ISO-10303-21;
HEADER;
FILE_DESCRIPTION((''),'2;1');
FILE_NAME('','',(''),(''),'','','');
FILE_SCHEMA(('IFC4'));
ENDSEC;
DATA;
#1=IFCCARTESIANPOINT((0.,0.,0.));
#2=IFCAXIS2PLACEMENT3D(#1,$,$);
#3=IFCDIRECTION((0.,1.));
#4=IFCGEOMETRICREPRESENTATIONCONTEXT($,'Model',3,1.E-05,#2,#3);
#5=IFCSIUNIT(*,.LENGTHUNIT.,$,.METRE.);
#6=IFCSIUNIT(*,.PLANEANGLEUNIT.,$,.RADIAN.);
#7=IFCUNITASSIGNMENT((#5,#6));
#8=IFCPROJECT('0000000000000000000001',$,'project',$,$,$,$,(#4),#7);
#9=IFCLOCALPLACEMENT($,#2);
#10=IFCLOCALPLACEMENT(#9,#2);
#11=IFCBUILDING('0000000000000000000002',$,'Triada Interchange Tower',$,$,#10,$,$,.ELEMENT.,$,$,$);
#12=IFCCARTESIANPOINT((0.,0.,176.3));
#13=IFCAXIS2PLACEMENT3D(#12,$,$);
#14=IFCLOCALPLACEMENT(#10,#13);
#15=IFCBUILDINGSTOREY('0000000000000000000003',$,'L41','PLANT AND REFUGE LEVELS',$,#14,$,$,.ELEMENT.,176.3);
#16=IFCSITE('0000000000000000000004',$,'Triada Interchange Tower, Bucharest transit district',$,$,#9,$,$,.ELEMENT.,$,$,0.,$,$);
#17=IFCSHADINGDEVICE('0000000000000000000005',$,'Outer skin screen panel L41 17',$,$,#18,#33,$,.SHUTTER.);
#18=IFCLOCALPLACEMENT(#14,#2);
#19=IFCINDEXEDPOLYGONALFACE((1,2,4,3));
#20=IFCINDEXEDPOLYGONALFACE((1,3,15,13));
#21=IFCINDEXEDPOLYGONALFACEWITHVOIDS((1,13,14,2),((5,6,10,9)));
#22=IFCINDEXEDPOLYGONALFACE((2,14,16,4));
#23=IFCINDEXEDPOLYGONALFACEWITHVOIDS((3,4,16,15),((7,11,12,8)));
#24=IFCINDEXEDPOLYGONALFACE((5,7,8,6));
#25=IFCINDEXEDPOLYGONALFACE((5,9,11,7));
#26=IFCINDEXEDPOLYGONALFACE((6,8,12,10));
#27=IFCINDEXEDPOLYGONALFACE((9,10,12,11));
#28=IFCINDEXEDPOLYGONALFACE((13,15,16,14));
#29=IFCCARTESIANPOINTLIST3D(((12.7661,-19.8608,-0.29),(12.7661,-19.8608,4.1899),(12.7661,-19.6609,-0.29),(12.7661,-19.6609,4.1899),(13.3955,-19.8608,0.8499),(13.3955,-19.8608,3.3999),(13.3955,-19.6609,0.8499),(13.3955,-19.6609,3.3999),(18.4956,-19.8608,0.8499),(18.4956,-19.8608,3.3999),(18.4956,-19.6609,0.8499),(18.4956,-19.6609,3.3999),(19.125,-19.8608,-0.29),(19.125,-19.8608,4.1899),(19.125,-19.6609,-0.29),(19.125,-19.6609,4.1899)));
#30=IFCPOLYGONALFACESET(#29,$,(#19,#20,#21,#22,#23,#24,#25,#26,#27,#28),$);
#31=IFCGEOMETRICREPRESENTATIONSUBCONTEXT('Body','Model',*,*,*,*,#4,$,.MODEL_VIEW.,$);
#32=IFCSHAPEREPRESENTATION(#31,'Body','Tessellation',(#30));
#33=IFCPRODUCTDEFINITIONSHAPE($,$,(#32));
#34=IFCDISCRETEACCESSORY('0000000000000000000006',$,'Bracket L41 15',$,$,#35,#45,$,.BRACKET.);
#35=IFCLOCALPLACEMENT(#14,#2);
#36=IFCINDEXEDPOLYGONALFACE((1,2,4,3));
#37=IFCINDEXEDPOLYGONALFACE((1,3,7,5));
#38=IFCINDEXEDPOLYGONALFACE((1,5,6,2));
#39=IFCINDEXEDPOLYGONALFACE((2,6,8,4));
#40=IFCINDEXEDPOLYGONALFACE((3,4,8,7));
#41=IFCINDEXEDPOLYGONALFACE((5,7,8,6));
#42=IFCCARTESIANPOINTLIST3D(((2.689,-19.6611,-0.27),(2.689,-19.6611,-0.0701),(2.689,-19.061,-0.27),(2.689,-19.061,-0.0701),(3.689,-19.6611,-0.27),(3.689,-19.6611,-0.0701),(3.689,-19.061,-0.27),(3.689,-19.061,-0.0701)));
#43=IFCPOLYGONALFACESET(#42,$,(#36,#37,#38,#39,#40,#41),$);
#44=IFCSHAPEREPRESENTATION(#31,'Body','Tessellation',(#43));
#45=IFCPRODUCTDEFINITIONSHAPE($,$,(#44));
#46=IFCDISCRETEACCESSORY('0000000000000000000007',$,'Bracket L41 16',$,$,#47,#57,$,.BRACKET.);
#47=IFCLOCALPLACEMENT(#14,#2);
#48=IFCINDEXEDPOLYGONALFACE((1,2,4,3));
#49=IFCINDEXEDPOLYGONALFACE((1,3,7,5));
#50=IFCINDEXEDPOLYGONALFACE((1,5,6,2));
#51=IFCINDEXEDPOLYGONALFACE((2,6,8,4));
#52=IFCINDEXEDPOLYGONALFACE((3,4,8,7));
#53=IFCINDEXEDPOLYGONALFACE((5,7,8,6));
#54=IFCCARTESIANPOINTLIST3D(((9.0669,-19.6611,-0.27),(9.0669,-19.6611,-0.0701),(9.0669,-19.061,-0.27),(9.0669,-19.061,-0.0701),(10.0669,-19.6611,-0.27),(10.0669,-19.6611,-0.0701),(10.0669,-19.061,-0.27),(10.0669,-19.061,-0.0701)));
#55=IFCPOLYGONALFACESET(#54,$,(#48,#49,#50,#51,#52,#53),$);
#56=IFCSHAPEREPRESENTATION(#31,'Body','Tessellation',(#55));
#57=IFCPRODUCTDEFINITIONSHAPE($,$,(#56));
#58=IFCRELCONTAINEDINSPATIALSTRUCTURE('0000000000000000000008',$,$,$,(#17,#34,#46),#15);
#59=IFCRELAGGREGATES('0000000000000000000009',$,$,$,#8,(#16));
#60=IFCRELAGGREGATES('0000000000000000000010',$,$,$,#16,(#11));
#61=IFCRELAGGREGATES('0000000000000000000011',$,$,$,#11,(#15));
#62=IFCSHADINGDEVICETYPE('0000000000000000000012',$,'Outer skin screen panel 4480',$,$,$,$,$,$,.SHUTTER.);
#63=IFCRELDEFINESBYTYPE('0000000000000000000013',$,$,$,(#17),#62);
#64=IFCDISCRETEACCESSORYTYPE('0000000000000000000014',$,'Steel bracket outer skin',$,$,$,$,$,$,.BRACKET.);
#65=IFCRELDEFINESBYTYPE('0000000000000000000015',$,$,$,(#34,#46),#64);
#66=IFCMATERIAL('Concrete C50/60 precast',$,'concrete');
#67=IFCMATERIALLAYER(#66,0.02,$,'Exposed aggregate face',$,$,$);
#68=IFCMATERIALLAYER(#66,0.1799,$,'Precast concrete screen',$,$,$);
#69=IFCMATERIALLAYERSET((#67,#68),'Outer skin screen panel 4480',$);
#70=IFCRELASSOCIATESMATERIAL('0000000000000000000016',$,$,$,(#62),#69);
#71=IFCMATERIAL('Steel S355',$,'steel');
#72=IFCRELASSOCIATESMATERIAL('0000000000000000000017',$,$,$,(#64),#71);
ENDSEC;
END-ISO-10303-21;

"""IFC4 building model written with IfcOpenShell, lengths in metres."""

from ifc_helpers import new_model, si_unit, direction, frame, origin, origin_2d, place, context, subcontext, project, spatial, polyline, rectangle, outline, extrude, material, layer, layer_set, type_object, element, save


model = new_model("IFC4")

# Units and contexts
model_context = context("Model", 3, precision=1e-05, world=origin(), true_north=direction((0.0, 1.0)))
body_context = subcontext(model_context, "Body", "Model", "MODEL_VIEW")
ifc_project = project(units=[si_unit("LENGTHUNIT", "METRE"), si_unit("PLANEANGLEUNIT", "RADIAN")], contexts=[model_context])

# Site, building, storey
site_placement = place(None, origin())
site = spatial("IfcSite", under=ifc_project, at=site_placement, Name="Triada Interchange Tower, Bucharest transit district", CompositionType="ELEMENT", RefElevation=0.0)
building_placement = place(site_placement, origin())
building = spatial("IfcBuilding", under=site, at=building_placement, Name="Triada Interchange Tower", CompositionType="ELEMENT")
storey_placement = place(building_placement, frame((0.0, 0.0, 176.3)))
storey = spatial("IfcBuildingStorey", under=building, at=storey_placement, Name="L41", Description="PLANT AND REFUGE LEVELS", CompositionType="ELEMENT", Elevation=176.3)

# Shared definitions
ifc_material_1 = material(Name="Steel S355", Category="steel")

# Shading device
ifc_material_2 = material(Name="Concrete C50/60 precast", Category="concrete")
ifc_layer_1 = layer(ifc_material_2, 0.02, Name="Exposed aggregate face")
ifc_layer_2 = layer(ifc_material_2, 0.1799, Name="Precast concrete screen")
ifc_layer_set_1 = layer_set([ifc_layer_1, ifc_layer_2], Name="Outer skin screen panel 4480")
shading_device_type = type_object("IfcShadingDeviceType", Name="Outer skin screen panel 4480", PredefinedType="SHUTTER", material=ifc_layer_set_1)
shading_device_1_placement = place(storey_placement, frame((12.7661, -19.6609, -0.29), z_axis=(0.0, 0.0, 1.0), x_axis=(1.0, 0.0, 0.0)))
element("IfcShadingDevice", 1, at=shading_device_1_placement, inside=storey, type_object=shading_device_type, Name="Outer skin screen panel L41 17", PredefinedType="SHUTTER", context=body_context, shape_type="SweptSolid", body=[
    extrude(outline(polyline([(0.0, 0.0), (6.3589, 0.0), (6.3589, 4.48), (0.0, 4.48), (0.0, 0.0)]), holes=[polyline([(0.6294, 1.1399), (0.6294, 3.6899), (5.7295, 3.6899), (5.7295, 1.1399), (0.6294, 1.1399)])]), frame((0.0, 0.0, 0.0), z_axis=(0.0, -1.0, 0.0), x_axis=(1.0, 0.0, 0.0)), (0.0, 0.0, 1.0), 0.2),
])

# Discrete accessories
discrete_accessory_type = type_object("IfcDiscreteAccessoryType", Name="Steel bracket outer skin", PredefinedType="BRACKET", material=ifc_material_1)
for number, where, z_axis, x_axis, name in (
    (2, (3.189, -19.3611, -0.27), (0.0, 0.0, 1.0), (0.0, -1.0, 0.0), "Bracket L41 15"),
    (3, (9.5669, -19.3611, -0.27), (0.0, 0.0, 1.0), (0.0, -1.0, 0.0), "Bracket L41 16"),
):
    element("IfcDiscreteAccessory", number, at=place(storey_placement, frame(where, z_axis=z_axis, x_axis=x_axis)), inside=storey, type_object=discrete_accessory_type, Name=name, PredefinedType="BRACKET", context=body_context, shape_type="SweptSolid", body=[
        extrude(rectangle(XDim=0.6001, YDim=1.0, at=origin_2d()), origin(), (0.0, 0.0, 1.0), 0.2),
    ])

save(model, "model.ifc")
